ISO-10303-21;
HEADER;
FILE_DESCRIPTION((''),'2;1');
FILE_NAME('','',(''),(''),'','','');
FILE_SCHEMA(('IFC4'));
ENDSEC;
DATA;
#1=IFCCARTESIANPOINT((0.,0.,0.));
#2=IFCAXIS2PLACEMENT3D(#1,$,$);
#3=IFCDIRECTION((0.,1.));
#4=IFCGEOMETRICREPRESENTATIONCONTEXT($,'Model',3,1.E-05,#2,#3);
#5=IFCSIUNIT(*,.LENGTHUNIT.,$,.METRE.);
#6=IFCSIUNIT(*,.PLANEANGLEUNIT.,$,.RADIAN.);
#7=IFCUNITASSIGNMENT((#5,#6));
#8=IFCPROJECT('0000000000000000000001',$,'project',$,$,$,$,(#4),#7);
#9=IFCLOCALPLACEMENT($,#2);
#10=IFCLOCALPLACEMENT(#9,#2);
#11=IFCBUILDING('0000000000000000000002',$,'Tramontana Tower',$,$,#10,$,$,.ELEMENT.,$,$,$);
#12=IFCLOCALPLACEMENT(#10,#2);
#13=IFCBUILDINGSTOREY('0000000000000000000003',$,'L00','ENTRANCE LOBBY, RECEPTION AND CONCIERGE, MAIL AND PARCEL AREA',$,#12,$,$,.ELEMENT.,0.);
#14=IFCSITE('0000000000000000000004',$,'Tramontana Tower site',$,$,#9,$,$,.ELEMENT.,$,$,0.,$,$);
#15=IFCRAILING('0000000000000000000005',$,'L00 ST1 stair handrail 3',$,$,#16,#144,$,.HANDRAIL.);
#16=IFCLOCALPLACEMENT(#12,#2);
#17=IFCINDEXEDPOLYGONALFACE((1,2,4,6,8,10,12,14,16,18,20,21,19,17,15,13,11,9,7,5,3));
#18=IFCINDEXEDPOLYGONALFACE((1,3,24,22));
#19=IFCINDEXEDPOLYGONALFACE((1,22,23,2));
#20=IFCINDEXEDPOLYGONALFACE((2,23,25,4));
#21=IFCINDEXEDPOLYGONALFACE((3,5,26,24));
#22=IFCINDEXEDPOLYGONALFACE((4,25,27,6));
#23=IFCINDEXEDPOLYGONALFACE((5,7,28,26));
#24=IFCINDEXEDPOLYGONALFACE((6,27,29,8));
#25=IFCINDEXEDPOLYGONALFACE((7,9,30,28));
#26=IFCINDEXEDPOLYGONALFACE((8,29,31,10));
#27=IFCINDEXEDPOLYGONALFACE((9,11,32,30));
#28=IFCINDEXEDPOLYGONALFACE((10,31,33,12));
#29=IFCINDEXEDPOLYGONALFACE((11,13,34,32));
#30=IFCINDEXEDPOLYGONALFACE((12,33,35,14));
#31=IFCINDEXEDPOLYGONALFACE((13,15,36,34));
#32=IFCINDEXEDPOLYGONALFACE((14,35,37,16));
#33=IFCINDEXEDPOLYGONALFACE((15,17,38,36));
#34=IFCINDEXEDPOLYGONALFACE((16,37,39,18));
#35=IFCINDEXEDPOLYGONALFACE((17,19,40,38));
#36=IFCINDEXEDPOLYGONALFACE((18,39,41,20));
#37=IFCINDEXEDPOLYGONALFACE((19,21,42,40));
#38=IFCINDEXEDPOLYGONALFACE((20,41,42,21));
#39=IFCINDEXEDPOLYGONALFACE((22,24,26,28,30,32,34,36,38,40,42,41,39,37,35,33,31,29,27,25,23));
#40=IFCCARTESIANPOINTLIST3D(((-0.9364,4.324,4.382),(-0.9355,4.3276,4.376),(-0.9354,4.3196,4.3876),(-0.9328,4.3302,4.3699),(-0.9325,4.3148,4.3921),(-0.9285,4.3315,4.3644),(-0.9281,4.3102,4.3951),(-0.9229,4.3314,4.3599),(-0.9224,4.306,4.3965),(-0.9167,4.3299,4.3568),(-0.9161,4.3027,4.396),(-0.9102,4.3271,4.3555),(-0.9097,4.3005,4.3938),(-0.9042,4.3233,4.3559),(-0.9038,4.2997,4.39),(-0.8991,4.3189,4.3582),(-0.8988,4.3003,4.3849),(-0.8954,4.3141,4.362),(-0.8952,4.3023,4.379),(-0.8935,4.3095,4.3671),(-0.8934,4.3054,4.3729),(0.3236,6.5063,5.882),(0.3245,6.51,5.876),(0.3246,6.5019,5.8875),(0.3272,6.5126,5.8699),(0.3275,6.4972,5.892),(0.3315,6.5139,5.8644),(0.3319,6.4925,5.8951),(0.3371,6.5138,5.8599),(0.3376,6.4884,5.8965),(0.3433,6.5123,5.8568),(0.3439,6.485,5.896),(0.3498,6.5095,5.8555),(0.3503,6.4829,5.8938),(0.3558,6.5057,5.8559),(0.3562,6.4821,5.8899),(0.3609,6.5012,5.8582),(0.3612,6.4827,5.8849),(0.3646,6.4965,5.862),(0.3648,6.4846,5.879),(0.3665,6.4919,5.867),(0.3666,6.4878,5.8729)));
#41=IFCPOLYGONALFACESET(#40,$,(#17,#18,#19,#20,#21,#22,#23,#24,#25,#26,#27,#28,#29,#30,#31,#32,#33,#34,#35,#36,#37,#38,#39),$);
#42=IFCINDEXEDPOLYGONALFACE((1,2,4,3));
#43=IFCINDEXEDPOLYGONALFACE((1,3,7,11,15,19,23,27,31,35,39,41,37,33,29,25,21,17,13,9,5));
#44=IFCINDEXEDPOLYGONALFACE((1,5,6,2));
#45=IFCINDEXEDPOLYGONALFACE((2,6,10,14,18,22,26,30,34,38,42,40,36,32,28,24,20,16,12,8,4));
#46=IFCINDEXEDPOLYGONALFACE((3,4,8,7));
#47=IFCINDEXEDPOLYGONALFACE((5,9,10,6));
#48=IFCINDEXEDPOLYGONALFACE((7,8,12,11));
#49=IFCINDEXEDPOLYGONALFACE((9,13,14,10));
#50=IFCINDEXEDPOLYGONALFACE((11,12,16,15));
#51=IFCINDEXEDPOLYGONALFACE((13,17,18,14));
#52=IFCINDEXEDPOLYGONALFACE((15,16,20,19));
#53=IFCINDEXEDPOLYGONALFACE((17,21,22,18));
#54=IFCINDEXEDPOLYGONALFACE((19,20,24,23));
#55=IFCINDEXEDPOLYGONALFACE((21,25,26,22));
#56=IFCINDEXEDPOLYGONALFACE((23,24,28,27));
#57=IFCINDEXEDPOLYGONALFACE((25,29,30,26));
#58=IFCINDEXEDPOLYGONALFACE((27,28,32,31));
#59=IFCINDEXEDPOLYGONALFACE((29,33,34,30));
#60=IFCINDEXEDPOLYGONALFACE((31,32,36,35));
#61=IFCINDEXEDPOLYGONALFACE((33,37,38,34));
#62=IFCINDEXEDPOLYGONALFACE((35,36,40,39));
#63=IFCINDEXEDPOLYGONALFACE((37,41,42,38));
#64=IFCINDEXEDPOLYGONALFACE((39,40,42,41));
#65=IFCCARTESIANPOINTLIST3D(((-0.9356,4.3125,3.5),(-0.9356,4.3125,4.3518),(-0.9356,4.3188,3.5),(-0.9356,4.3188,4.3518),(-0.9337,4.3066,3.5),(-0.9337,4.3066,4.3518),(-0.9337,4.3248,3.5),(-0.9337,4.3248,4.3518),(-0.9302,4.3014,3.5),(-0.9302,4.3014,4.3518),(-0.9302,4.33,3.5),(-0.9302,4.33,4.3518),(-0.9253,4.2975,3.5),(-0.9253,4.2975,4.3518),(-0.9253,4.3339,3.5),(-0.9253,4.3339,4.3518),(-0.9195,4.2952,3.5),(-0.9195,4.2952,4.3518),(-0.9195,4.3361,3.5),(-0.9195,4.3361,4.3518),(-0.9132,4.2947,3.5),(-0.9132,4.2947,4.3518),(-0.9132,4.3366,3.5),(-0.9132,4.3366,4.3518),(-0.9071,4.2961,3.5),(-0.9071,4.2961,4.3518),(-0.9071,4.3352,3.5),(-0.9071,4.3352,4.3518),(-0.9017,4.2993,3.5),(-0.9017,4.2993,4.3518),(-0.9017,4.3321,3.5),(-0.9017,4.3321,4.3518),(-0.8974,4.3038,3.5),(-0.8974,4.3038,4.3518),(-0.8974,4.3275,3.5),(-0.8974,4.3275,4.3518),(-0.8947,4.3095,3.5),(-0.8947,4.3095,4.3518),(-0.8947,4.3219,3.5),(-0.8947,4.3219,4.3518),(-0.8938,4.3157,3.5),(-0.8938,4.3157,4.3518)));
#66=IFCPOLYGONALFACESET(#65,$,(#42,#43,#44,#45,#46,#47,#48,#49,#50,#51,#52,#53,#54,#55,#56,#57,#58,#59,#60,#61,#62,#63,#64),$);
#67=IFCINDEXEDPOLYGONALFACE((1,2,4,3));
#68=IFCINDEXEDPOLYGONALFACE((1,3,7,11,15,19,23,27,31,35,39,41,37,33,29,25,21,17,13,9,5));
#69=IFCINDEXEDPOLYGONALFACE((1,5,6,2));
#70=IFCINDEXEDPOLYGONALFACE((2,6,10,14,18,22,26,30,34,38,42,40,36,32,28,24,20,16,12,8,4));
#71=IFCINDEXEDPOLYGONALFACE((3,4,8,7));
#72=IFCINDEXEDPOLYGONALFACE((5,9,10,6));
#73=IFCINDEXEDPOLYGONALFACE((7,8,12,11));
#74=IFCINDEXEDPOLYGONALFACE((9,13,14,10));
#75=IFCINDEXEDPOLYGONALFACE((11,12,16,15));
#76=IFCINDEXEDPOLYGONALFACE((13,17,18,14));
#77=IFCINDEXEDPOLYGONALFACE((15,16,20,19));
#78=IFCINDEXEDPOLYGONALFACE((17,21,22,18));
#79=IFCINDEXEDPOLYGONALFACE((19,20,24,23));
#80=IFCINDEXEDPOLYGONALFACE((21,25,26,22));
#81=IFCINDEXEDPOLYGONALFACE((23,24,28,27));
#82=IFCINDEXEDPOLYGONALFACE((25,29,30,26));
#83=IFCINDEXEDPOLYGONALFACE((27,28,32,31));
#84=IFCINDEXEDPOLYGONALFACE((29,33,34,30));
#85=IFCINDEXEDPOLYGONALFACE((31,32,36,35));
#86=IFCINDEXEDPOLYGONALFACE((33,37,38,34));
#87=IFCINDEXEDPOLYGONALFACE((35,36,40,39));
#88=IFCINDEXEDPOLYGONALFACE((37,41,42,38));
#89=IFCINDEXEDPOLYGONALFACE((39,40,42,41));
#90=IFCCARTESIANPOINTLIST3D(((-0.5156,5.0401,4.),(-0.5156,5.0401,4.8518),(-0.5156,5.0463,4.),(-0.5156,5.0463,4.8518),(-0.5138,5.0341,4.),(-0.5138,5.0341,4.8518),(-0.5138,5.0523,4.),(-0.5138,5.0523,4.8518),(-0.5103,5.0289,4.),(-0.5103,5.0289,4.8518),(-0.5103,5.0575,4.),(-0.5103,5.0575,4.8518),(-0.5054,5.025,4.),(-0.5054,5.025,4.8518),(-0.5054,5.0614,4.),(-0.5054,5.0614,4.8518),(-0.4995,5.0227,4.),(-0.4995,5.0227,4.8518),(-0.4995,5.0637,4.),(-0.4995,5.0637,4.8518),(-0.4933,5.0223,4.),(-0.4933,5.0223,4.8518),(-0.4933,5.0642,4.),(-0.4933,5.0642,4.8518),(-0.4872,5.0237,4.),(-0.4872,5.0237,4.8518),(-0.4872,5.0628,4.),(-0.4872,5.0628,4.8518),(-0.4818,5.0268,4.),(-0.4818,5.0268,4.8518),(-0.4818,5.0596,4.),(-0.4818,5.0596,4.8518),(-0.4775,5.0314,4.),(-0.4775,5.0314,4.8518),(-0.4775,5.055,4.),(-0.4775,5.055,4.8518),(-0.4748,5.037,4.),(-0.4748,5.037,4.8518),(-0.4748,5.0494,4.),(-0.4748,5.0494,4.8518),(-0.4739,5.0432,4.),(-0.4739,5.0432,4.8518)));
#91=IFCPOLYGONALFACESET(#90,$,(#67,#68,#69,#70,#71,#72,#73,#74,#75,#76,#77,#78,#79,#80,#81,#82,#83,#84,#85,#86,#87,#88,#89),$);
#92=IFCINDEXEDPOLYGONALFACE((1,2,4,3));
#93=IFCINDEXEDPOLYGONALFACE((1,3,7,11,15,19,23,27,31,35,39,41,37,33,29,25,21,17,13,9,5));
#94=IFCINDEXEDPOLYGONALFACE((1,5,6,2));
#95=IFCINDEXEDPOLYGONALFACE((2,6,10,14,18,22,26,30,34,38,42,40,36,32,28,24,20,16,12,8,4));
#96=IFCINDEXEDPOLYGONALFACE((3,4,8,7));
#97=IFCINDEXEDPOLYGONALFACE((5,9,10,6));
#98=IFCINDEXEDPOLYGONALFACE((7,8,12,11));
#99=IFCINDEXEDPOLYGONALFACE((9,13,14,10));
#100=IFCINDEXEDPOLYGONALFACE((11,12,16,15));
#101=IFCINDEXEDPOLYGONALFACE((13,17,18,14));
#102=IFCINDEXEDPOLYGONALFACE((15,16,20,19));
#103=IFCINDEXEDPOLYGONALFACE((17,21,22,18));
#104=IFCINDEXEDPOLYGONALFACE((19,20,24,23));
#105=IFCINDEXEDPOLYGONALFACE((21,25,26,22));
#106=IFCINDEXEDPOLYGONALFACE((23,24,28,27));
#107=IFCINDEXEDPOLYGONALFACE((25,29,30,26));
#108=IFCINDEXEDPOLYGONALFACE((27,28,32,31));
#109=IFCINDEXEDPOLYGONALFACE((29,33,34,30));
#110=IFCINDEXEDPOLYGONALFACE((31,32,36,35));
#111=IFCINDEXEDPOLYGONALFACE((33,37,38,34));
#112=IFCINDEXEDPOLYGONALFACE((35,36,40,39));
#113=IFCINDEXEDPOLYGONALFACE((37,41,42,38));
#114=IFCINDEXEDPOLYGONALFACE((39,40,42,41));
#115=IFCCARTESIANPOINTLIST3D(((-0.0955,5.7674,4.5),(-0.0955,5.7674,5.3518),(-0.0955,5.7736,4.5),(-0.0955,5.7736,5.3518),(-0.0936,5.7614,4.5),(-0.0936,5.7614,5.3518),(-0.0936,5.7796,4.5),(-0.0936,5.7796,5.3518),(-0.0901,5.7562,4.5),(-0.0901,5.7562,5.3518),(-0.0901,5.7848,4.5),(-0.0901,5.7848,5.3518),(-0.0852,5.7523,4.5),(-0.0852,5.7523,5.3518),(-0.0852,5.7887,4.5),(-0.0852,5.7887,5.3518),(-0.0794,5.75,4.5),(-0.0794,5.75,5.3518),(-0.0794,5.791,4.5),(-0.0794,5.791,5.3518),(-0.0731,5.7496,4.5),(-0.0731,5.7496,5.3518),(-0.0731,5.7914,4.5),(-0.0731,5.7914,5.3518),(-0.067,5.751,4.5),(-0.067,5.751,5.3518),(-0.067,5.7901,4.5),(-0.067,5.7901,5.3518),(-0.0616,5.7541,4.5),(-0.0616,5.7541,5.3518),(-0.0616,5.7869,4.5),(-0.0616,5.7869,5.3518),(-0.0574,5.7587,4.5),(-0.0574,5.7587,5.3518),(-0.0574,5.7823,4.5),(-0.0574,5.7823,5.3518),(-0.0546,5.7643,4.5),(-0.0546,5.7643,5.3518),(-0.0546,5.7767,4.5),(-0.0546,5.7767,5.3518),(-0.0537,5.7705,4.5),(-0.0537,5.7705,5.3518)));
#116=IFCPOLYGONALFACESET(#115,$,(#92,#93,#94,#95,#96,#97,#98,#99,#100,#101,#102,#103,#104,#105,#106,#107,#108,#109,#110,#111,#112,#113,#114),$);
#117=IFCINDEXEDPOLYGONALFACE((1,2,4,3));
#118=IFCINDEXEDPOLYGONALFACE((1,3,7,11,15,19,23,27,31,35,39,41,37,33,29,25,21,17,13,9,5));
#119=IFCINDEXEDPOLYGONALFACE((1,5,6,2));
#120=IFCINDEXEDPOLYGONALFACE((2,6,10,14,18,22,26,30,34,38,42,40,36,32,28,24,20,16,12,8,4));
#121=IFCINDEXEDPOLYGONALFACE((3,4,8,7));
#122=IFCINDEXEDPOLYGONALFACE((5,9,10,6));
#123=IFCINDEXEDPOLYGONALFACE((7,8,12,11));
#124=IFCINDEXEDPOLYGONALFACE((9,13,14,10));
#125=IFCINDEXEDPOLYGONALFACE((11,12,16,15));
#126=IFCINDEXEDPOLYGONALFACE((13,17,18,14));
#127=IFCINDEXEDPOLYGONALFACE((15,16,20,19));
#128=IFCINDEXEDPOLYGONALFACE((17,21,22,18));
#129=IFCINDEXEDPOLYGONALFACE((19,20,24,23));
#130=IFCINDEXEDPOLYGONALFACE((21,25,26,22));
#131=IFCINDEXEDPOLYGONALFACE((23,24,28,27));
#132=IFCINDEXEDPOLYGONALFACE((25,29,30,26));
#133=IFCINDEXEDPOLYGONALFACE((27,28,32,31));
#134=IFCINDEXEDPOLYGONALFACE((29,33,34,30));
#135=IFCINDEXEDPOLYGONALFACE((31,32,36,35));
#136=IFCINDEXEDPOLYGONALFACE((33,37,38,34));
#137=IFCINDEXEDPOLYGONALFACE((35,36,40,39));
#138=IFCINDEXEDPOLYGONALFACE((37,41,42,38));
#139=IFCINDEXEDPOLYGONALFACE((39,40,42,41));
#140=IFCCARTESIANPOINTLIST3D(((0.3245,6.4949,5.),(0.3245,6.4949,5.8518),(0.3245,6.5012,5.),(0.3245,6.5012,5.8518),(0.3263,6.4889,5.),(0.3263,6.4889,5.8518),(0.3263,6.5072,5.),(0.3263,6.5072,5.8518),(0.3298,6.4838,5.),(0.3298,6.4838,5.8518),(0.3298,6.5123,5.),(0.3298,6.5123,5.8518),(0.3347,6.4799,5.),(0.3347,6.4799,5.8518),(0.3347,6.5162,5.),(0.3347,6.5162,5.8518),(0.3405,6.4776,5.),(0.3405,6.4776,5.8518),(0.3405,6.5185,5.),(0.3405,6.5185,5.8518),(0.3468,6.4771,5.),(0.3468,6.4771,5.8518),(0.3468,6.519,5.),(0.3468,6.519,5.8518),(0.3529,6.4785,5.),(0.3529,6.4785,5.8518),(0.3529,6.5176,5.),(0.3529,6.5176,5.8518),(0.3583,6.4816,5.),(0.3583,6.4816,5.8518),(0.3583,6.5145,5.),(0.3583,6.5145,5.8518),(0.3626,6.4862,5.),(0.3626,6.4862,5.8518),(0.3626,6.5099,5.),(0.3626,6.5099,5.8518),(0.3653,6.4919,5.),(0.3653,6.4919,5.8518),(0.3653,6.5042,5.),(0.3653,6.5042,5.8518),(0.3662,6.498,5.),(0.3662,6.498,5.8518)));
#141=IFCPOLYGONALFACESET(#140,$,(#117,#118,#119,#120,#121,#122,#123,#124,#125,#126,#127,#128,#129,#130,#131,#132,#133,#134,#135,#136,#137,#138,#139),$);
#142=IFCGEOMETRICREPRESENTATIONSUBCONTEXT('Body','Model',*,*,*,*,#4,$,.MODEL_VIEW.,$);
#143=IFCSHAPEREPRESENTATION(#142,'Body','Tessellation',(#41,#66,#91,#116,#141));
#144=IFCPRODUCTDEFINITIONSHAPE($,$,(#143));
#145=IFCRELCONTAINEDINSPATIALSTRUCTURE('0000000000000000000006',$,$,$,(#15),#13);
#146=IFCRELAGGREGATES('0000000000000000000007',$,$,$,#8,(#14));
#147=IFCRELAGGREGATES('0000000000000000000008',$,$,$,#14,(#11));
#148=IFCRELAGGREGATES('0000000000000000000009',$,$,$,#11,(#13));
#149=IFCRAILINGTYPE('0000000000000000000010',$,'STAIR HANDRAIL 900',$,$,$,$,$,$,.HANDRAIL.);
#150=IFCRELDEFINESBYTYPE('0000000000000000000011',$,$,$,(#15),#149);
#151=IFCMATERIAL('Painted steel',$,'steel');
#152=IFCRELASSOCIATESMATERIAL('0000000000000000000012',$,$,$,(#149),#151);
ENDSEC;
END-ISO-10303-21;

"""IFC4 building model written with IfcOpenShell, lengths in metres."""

from ifc_helpers import new_model, si_unit, direction, frame, origin, origin_2d, place, context, subcontext, project, spatial, circle, extrude, material, type_object, element, save


model = new_model("IFC4")

# Units and contexts
model_context = context("Model", 3, precision=1e-05, world=origin(), true_north=direction((0.0, 1.0)))
body_context = subcontext(model_context, "Body", "Model", "MODEL_VIEW")
ifc_project = project(units=[si_unit("LENGTHUNIT", "METRE"), si_unit("PLANEANGLEUNIT", "RADIAN")], contexts=[model_context])

# Site, building, storey
site_placement = place(None, origin())
site = spatial("IfcSite", under=ifc_project, at=site_placement, Name="Tramontana Tower site", CompositionType="ELEMENT", RefElevation=0.0)
building_placement = place(site_placement, origin())
building = spatial("IfcBuilding", under=site, at=building_placement, Name="Tramontana Tower", CompositionType="ELEMENT")
storey_placement = place(building_placement, origin())
storey = spatial("IfcBuildingStorey", under=building, at=storey_placement, Name="L00", Description="ENTRANCE LOBBY, RECEPTION AND CONCIERGE, MAIL AND PARCEL AREA", CompositionType="ELEMENT", Elevation=0.0)

# Railing
ifc_material_1 = material(Name="Painted steel", Category="steel")
railing_type_1 = type_object("IfcRailingType", Name="STAIR HANDRAIL 900", PredefinedType="HANDRAIL", material=ifc_material_1)
for number, where, name in (
    (1, (-0.9148, 4.3157, 3.5), "L00 ST1 stair handrail 3"),
):
    element("IfcRailing", number, at=place(storey_placement, frame(where)), inside=storey, type_object=railing_type_1, Name=name, PredefinedType="HANDRAIL", context=body_context, shape_type="SweptSolid", body=[
        extrude(circle(Radius=0.0239, at=origin_2d()), frame((0.0, 0.0, 0.876), z_axis=(0.42965, 0.744167, 0.511485), x_axis=(-0.866023, 0.500005, 0.0)), (0.0, 0.0, 1.0), 2.9326),
        extrude(circle(Radius=0.021, at=origin_2d()), origin(), (0.0, 0.0, 1.0), 0.8518),
        extrude(circle(Radius=0.021, at=origin_2d()), frame((0.4199, 0.7275, 0.5)), (0.0, 0.0, 1.0), 0.8518),
        extrude(circle(Radius=0.021, at=origin_2d()), frame((0.8401, 1.4548, 1.0)), (0.0, 0.0, 1.0), 0.8518),
        extrude(circle(Radius=0.021, at=origin_2d()), frame((1.26, 2.1824, 1.5)), (0.0, 0.0, 1.0), 0.8518),
    ])

save(model, "model.ifc")
